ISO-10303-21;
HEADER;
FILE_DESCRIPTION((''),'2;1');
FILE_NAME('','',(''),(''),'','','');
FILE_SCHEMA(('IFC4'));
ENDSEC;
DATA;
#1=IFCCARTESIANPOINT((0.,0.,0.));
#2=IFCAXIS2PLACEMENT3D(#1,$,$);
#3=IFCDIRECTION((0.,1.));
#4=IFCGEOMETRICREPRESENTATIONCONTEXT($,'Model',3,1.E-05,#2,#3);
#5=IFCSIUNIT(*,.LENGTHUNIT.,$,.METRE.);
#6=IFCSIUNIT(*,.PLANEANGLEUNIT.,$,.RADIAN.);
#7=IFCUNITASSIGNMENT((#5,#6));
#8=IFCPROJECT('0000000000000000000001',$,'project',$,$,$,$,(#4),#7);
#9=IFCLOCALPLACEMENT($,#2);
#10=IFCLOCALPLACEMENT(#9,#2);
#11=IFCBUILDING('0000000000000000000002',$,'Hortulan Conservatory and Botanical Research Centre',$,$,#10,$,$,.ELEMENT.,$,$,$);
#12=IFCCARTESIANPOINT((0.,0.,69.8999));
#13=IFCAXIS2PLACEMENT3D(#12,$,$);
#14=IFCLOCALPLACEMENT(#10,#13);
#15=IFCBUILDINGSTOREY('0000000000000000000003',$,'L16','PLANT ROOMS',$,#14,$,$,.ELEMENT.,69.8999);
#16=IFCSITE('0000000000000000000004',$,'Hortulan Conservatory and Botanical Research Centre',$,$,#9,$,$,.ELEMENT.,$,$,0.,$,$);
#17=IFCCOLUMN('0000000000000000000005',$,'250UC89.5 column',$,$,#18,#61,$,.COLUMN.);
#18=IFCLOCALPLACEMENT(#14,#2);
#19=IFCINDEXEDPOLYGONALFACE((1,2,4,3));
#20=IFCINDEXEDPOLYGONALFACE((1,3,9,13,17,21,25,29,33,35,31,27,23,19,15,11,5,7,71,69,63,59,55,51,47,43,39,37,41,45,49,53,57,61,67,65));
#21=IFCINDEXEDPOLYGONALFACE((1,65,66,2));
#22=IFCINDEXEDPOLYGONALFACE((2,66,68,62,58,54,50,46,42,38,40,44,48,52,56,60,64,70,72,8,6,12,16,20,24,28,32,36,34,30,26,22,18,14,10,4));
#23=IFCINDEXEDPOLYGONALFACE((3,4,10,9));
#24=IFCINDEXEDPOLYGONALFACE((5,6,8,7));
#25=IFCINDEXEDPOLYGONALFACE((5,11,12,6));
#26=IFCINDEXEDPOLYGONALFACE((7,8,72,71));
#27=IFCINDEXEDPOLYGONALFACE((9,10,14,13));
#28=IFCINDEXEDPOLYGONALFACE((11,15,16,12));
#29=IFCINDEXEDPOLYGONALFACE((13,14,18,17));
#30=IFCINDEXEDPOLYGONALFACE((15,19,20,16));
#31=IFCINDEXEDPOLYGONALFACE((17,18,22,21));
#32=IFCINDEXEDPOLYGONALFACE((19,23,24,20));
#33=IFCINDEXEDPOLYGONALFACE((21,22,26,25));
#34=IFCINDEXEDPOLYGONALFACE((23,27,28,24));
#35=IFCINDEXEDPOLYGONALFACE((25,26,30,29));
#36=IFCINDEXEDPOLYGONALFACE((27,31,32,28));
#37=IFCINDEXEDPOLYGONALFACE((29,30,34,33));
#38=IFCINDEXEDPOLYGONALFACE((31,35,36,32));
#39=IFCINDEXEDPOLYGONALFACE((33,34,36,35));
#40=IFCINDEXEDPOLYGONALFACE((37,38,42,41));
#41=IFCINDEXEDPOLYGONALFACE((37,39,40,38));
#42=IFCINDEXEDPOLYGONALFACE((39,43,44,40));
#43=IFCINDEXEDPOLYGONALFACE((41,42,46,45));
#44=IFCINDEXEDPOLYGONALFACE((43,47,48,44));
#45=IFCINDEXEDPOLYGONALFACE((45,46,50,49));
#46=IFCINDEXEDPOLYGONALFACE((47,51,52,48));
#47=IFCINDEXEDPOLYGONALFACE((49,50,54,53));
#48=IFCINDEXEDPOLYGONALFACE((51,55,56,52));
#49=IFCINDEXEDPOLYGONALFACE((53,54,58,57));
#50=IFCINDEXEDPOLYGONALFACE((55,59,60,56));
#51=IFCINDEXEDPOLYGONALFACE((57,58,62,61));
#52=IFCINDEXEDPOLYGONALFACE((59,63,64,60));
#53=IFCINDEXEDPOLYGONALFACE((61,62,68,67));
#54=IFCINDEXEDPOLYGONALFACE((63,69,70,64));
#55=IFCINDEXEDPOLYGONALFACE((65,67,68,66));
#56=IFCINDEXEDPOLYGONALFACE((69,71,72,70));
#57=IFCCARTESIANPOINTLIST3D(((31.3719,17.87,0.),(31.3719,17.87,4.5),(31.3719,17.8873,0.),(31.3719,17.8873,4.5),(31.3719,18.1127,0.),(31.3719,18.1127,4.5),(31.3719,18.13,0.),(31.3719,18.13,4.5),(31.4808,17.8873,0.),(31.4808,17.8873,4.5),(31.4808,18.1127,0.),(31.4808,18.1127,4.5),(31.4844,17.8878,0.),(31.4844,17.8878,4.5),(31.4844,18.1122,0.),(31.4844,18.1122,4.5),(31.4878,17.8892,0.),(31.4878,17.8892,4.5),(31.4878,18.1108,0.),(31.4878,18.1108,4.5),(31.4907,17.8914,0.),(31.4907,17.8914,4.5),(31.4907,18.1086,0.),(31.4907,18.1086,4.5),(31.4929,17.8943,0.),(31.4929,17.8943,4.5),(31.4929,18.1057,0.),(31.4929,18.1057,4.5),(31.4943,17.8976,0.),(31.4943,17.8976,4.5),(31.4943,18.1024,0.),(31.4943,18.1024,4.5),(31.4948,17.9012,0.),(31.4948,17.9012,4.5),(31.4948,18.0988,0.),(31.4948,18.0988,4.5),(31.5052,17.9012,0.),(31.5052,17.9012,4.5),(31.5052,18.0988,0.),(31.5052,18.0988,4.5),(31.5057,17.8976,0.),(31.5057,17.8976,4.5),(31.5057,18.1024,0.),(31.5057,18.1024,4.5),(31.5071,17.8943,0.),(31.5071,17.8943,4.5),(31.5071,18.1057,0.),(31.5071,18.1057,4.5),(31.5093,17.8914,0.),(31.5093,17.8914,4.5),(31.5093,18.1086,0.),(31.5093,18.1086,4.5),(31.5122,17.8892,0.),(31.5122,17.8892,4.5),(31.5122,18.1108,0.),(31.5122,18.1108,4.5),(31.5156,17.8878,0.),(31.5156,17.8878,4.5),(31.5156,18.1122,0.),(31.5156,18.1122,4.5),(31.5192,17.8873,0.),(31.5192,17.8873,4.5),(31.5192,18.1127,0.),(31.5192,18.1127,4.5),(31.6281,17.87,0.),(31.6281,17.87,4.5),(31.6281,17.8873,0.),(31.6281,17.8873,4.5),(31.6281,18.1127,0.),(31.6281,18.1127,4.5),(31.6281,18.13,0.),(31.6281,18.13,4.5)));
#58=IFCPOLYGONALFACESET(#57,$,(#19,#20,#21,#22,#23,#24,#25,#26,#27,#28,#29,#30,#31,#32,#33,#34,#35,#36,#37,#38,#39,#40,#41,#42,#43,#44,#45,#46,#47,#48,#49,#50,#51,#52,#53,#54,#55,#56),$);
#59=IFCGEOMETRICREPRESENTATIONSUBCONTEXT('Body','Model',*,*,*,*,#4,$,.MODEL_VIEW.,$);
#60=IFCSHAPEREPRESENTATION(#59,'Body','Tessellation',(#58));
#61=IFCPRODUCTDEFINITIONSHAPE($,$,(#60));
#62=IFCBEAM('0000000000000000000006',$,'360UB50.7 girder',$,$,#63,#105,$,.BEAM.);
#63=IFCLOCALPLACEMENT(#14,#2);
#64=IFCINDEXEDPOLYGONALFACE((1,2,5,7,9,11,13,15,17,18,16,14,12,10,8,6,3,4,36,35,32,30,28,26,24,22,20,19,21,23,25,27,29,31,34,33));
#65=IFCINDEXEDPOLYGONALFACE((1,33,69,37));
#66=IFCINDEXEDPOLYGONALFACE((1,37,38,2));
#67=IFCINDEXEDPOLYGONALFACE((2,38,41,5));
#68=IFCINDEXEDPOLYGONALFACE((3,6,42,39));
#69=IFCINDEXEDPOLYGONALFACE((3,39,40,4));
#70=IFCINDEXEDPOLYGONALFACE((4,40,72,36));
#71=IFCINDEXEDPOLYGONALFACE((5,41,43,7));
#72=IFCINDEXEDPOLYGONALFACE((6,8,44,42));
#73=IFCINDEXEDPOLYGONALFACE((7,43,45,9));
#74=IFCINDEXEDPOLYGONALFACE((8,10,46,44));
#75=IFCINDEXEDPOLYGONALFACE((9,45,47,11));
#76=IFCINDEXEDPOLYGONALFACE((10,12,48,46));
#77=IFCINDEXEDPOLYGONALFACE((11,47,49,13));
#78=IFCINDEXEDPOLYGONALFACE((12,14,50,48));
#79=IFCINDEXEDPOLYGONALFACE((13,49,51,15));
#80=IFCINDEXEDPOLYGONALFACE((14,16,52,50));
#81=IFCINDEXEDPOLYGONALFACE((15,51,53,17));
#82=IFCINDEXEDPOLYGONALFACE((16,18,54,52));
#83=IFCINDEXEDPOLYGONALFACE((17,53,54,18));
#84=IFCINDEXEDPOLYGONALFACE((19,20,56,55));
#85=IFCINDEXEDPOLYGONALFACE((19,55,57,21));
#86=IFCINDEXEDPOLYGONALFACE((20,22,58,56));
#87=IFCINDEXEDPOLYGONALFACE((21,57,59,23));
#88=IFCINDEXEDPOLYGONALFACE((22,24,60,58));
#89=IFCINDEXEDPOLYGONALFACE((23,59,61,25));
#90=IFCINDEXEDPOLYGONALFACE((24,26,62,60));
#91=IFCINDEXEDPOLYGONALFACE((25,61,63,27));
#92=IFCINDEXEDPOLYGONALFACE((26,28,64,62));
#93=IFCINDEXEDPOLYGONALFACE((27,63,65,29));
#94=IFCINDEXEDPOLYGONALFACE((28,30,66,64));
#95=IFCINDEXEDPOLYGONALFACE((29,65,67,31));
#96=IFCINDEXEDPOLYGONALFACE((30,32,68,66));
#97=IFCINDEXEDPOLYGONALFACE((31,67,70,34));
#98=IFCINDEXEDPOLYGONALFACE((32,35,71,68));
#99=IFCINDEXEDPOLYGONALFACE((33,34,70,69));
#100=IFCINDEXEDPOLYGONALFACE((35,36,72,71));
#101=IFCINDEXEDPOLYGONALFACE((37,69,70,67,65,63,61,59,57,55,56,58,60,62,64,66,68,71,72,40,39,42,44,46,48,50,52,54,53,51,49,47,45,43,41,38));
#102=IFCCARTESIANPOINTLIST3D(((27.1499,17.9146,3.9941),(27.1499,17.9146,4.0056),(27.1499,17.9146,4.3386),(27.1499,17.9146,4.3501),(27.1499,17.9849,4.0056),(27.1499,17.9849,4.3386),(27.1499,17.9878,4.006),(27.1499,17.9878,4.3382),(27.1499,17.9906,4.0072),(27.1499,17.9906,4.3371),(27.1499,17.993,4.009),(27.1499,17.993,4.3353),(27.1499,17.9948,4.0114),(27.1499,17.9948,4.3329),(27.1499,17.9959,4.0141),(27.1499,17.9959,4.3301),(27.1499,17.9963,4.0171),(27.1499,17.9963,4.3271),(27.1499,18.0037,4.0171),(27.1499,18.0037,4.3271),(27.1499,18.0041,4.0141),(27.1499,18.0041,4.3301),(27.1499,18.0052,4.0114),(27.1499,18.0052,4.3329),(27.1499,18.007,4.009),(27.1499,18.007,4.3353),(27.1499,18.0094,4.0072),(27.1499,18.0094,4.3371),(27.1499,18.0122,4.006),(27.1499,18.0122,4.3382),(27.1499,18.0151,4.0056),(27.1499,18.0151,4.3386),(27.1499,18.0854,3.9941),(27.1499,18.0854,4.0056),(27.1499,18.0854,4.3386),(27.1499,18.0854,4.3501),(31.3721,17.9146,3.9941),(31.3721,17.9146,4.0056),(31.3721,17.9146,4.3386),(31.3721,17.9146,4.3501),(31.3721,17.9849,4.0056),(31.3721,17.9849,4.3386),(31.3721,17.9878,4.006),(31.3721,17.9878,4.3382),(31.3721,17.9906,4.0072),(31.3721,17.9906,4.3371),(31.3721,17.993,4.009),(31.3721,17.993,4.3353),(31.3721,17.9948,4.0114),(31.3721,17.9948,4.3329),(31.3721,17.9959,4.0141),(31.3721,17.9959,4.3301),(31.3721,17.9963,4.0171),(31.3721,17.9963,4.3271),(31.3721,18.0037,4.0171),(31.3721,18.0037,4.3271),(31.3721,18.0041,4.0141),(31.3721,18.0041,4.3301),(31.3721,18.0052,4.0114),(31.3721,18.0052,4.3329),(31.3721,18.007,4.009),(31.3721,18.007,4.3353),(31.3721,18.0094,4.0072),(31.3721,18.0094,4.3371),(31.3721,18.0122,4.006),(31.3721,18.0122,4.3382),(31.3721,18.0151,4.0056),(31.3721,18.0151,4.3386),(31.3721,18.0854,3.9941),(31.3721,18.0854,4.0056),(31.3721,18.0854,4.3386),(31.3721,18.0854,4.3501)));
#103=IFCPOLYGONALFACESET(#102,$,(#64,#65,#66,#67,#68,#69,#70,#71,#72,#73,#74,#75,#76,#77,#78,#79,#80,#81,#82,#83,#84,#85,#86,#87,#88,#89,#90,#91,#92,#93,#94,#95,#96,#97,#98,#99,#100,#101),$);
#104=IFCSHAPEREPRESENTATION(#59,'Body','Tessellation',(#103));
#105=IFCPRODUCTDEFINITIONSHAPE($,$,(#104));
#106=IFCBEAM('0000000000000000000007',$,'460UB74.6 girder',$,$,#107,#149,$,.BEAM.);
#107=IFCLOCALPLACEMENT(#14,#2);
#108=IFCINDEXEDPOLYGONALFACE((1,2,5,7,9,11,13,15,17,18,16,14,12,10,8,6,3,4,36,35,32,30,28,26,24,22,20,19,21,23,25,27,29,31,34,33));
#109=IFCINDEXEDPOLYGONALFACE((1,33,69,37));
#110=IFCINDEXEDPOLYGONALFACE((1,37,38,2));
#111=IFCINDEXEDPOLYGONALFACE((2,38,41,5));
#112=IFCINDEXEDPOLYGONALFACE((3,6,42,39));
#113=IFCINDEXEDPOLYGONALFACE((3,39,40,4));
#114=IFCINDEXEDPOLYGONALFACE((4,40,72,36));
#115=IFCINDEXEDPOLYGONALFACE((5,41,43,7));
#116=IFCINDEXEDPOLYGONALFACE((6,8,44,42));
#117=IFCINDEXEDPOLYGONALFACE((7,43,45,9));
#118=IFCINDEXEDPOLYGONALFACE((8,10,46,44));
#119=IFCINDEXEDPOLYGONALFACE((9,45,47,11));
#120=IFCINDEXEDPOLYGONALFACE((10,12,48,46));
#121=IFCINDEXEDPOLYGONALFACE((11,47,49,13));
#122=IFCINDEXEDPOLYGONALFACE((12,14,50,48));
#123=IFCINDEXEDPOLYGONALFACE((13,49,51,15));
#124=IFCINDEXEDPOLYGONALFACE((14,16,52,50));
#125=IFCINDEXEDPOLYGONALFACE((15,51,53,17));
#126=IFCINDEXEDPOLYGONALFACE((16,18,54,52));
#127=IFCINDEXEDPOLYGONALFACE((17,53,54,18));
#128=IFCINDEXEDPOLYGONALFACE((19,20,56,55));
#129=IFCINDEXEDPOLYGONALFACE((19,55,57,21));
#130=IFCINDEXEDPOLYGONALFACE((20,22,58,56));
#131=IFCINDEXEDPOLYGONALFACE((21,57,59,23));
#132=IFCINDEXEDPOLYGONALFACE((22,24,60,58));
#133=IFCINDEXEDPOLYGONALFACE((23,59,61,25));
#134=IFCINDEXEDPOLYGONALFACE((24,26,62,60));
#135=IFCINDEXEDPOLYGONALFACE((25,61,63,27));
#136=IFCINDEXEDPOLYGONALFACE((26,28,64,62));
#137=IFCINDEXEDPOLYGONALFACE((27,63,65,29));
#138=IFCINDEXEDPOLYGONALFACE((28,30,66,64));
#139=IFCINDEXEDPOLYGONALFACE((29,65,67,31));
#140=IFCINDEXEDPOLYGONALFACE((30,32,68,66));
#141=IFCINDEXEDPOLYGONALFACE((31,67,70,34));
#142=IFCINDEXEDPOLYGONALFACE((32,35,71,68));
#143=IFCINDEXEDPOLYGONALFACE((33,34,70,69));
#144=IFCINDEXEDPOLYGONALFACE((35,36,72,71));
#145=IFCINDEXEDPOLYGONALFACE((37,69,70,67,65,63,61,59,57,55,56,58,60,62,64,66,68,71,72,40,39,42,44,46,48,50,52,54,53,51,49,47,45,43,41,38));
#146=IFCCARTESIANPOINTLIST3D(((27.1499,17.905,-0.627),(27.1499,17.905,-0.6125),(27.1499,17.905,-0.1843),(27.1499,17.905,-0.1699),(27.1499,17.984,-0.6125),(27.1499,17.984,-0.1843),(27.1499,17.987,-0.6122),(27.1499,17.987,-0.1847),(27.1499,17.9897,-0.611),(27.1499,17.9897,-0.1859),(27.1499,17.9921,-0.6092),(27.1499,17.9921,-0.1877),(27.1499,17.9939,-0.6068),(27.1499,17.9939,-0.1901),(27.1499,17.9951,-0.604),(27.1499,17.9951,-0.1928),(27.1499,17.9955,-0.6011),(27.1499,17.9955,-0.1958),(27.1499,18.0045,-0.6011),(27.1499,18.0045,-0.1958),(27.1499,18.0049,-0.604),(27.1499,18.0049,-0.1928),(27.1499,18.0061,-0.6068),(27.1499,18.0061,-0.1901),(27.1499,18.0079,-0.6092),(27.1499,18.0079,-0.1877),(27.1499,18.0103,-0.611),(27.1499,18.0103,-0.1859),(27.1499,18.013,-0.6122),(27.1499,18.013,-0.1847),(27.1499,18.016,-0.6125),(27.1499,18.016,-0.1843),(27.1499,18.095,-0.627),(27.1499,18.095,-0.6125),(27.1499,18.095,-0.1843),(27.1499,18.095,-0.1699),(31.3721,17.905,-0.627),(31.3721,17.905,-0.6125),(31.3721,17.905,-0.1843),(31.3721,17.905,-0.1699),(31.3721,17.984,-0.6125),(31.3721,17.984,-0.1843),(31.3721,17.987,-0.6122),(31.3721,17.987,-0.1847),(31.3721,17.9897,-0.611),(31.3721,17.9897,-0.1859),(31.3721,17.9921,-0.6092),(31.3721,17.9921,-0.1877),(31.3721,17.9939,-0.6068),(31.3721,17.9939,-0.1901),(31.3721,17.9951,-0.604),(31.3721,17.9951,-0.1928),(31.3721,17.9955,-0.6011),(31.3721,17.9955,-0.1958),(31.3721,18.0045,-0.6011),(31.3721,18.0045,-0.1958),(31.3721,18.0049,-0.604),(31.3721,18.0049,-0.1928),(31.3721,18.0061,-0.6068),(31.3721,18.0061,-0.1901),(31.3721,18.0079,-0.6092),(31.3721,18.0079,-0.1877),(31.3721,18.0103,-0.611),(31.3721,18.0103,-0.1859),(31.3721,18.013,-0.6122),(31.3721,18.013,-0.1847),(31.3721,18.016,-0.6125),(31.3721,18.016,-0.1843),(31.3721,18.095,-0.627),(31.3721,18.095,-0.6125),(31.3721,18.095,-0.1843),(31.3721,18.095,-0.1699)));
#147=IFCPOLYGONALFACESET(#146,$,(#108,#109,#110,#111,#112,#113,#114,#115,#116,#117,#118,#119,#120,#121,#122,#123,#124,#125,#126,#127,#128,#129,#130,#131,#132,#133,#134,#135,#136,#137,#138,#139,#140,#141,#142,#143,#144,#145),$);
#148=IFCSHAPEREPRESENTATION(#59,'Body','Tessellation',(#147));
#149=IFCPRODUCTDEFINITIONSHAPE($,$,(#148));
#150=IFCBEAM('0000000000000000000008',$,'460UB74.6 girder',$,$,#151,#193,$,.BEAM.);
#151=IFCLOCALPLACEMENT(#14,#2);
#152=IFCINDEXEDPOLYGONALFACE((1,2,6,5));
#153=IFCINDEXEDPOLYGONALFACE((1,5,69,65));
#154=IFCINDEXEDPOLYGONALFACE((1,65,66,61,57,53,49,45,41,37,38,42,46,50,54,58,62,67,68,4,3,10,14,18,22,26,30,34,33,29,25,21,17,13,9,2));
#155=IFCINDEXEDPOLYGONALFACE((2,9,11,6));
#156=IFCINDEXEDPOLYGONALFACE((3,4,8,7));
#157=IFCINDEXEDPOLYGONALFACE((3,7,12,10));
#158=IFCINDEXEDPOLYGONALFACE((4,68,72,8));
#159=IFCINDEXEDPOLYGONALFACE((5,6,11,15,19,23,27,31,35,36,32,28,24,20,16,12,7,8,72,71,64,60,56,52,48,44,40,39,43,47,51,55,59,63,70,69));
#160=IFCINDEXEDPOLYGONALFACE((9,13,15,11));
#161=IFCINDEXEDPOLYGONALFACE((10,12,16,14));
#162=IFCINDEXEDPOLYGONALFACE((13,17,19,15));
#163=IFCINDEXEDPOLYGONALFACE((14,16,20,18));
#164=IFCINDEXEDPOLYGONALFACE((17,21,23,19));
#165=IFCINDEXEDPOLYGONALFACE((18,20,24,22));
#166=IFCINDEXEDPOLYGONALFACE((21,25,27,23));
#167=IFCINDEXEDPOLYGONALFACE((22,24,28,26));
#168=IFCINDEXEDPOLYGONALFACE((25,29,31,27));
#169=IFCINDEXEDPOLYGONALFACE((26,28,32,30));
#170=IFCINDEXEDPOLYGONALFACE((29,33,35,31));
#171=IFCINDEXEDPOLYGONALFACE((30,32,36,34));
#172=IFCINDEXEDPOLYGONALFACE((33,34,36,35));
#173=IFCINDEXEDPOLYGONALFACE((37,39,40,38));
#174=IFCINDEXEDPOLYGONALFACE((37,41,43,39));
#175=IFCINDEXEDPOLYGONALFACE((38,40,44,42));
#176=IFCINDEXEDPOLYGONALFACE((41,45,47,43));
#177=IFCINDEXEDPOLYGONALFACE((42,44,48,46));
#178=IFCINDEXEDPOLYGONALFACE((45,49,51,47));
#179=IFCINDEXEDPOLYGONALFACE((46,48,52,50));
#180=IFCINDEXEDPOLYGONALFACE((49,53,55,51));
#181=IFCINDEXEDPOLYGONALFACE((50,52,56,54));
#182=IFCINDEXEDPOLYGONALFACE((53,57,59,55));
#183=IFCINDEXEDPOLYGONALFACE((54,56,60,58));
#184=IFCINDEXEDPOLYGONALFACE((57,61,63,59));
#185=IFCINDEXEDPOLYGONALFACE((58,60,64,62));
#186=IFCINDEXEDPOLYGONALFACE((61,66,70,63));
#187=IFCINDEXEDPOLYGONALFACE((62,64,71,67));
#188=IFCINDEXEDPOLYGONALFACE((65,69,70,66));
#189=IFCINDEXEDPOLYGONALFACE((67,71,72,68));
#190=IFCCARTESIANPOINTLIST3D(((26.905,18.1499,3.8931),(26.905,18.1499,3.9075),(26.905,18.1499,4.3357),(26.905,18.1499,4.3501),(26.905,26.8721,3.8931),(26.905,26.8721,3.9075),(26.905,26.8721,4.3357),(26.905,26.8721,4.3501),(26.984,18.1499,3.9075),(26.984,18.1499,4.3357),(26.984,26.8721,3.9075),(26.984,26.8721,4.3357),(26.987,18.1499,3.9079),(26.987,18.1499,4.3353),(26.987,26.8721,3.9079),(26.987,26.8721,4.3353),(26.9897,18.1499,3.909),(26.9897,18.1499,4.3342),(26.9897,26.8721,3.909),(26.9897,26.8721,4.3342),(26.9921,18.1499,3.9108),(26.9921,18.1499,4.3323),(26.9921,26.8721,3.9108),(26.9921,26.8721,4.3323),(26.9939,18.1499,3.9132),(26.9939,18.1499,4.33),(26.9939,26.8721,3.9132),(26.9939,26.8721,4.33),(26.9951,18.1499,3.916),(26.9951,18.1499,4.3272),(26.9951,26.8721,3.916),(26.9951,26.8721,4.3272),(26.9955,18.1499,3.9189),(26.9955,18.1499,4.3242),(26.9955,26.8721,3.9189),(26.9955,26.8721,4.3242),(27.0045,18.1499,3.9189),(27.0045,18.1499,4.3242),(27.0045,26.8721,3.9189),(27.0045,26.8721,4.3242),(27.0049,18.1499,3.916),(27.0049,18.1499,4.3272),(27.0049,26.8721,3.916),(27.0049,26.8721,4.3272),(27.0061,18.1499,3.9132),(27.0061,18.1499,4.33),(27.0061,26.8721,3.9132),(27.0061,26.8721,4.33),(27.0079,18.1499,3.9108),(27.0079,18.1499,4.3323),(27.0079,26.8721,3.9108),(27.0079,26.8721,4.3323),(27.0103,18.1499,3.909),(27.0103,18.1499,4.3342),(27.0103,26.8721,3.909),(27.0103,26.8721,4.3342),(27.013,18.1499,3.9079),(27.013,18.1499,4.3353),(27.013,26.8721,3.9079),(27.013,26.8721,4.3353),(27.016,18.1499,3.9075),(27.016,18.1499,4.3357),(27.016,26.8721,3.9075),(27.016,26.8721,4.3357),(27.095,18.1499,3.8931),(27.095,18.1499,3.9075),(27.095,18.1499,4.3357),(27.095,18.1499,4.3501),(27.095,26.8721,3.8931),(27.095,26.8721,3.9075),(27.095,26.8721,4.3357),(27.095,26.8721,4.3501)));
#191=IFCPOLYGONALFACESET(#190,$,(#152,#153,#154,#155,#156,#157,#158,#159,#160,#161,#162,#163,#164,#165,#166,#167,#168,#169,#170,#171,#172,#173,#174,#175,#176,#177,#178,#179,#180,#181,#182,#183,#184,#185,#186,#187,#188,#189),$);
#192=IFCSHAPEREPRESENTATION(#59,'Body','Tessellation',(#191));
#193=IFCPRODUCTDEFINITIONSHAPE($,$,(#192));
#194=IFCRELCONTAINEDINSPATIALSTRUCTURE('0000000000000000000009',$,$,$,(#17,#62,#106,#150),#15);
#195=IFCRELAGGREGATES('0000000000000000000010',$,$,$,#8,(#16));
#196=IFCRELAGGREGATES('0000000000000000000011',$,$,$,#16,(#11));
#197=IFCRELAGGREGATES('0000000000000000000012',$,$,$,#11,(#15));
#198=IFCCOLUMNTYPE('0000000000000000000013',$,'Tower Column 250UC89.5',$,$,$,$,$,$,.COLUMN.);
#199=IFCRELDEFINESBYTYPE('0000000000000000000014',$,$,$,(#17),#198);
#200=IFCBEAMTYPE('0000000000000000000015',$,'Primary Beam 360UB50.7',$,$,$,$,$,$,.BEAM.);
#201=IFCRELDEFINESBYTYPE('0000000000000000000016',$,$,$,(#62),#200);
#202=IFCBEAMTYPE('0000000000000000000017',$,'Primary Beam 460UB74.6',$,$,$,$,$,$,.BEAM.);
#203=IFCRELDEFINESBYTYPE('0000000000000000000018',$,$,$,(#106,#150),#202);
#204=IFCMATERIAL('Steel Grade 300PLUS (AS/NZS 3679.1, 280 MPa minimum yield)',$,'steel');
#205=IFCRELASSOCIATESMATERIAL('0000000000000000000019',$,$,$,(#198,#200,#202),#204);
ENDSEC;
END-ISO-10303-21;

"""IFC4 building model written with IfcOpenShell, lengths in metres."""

from ifc_helpers import new_model, si_unit, direction, frame, origin, origin_2d, place, context, subcontext, project, spatial, i_section, extrude, material, material_profile, profile_set, type_object, element, save


model = new_model("IFC4")

# Units and contexts
model_context = context("Model", 3, precision=1e-05, world=origin(), true_north=direction((0.0, 1.0)))
body_context = subcontext(model_context, "Body", "Model", "MODEL_VIEW")
ifc_project = project(units=[si_unit("LENGTHUNIT", "METRE"), si_unit("PLANEANGLEUNIT", "RADIAN")], contexts=[model_context])

# Site, building, storey
site_placement = place(None, origin())
site = spatial("IfcSite", under=ifc_project, at=site_placement, Name="Hortulan Conservatory and Botanical Research Centre", CompositionType="ELEMENT", RefElevation=0.0)
building_placement = place(site_placement, origin())
building = spatial("IfcBuilding", under=site, at=building_placement, Name="Hortulan Conservatory and Botanical Research Centre", CompositionType="ELEMENT")
storey_placement = place(building_placement, frame((0.0, 0.0, 69.8999)))
storey = spatial("IfcBuildingStorey", under=building, at=storey_placement, Name="L16", Description="PLANT ROOMS", CompositionType="ELEMENT", Elevation=69.8999)

# Column
ifc_material_1 = material(Name="Steel Grade 300PLUS (AS/NZS 3679.1, 280 MPa minimum yield)", Category="steel")
ifc_material_profile_1 = material_profile(ifc_material_1, i_section(OverallWidth=0.2561, OverallDepth=0.26, WebThickness=0.0105, FlangeThickness=0.0173, FilletRadius=0.0139, at=origin_2d()), Name="250UC89.5")
ifc_profile_set_1 = profile_set([ifc_material_profile_1], Name="Steel Grade 300PLUS (AS/NZS 3679.1, 280 MPa minimum yield)")
column_type = type_object("IfcColumnType", Name="Tower Column 250UC89.5", PredefinedType="COLUMN", material=ifc_profile_set_1)
column_placement = place(storey_placement, frame((31.5, 18.0, 0.0), z_axis=(0.0, 0.0, 1.0), x_axis=(1.0, 0.0, 0.0)))
element("IfcColumn", 1, at=column_placement, inside=storey, type_object=column_type, Name="250UC89.5 column", PredefinedType="COLUMN", context=body_context, shape_type="SweptSolid", body=[
    extrude(i_section(OverallWidth=0.2561, OverallDepth=0.26, WebThickness=0.0105, FlangeThickness=0.0173, FilletRadius=0.0139, at=origin_2d()), origin(), (0.0, 0.0, 1.0), 4.5),
])

# Beams
ifc_material_profile_2 = material_profile(ifc_material_1, i_section(OverallWidth=0.1709, OverallDepth=0.356, WebThickness=0.0073, FlangeThickness=0.0115, FilletRadius=0.0115, at=origin_2d()), Name="360UB50.7")
ifc_profile_set_2 = profile_set([ifc_material_profile_2], Name="Steel Grade 300PLUS (AS/NZS 3679.1, 280 MPa minimum yield)")
beam_type_1 = type_object("IfcBeamType", Name="Primary Beam 360UB50.7", PredefinedType="BEAM", material=ifc_profile_set_2)
beam_1_placement = place(storey_placement, frame((27.1499, 18.0, 4.1721), z_axis=(1.0, 0.0, 0.0), x_axis=(0.0, 1.0, 0.0)))
element("IfcBeam", 2, at=beam_1_placement, inside=storey, type_object=beam_type_1, Name="360UB50.7 girder", PredefinedType="BEAM", context=body_context, shape_type="SweptSolid", body=[
    extrude(i_section(OverallWidth=0.1709, OverallDepth=0.356, WebThickness=0.0073, FlangeThickness=0.0115, FilletRadius=0.0115, at=origin_2d()), origin(), (0.0, 0.0, 1.0), 4.2222),
])
ifc_material_profile_3 = material_profile(ifc_material_1, i_section(OverallWidth=0.1899, OverallDepth=0.457, WebThickness=0.009, FlangeThickness=0.0144, FilletRadius=0.0115, at=origin_2d()), Name="460UB74.6")
ifc_profile_set_3 = profile_set([ifc_material_profile_3], Name="Steel Grade 300PLUS (AS/NZS 3679.1, 280 MPa minimum yield)")
beam_type_2 = type_object("IfcBeamType", Name="Primary Beam 460UB74.6", PredefinedType="BEAM", material=ifc_profile_set_3)
beam_2_placement = place(storey_placement, frame((27.1499, 18.0, -0.3984), z_axis=(1.0, 0.0, 0.0), x_axis=(0.0, 1.0, 0.0)))
element("IfcBeam", 3, at=beam_2_placement, inside=storey, type_object=beam_type_2, Name="460UB74.6 girder", PredefinedType="BEAM", context=body_context, shape_type="SweptSolid", body=[
    extrude(i_section(OverallWidth=0.1899, OverallDepth=0.457, WebThickness=0.009, FlangeThickness=0.0144, FilletRadius=0.0115, at=origin_2d()), origin(), (0.0, 0.0, 1.0), 4.2222),
])
beam_3_placement = place(storey_placement, frame((27.0, 18.1499, 4.1216), z_axis=(0.0, 1.0, 0.0), x_axis=(-1.0, 0.0, 0.0)))
element("IfcBeam", 4, at=beam_3_placement, inside=storey, type_object=beam_type_2, Name="460UB74.6 girder", PredefinedType="BEAM", context=body_context, shape_type="SweptSolid", body=[
    extrude(i_section(OverallWidth=0.1899, OverallDepth=0.457, WebThickness=0.009, FlangeThickness=0.0144, FilletRadius=0.0115, at=origin_2d()), origin(), (0.0, 0.0, 1.0), 8.7222),
])

save(model, "model.ifc")
